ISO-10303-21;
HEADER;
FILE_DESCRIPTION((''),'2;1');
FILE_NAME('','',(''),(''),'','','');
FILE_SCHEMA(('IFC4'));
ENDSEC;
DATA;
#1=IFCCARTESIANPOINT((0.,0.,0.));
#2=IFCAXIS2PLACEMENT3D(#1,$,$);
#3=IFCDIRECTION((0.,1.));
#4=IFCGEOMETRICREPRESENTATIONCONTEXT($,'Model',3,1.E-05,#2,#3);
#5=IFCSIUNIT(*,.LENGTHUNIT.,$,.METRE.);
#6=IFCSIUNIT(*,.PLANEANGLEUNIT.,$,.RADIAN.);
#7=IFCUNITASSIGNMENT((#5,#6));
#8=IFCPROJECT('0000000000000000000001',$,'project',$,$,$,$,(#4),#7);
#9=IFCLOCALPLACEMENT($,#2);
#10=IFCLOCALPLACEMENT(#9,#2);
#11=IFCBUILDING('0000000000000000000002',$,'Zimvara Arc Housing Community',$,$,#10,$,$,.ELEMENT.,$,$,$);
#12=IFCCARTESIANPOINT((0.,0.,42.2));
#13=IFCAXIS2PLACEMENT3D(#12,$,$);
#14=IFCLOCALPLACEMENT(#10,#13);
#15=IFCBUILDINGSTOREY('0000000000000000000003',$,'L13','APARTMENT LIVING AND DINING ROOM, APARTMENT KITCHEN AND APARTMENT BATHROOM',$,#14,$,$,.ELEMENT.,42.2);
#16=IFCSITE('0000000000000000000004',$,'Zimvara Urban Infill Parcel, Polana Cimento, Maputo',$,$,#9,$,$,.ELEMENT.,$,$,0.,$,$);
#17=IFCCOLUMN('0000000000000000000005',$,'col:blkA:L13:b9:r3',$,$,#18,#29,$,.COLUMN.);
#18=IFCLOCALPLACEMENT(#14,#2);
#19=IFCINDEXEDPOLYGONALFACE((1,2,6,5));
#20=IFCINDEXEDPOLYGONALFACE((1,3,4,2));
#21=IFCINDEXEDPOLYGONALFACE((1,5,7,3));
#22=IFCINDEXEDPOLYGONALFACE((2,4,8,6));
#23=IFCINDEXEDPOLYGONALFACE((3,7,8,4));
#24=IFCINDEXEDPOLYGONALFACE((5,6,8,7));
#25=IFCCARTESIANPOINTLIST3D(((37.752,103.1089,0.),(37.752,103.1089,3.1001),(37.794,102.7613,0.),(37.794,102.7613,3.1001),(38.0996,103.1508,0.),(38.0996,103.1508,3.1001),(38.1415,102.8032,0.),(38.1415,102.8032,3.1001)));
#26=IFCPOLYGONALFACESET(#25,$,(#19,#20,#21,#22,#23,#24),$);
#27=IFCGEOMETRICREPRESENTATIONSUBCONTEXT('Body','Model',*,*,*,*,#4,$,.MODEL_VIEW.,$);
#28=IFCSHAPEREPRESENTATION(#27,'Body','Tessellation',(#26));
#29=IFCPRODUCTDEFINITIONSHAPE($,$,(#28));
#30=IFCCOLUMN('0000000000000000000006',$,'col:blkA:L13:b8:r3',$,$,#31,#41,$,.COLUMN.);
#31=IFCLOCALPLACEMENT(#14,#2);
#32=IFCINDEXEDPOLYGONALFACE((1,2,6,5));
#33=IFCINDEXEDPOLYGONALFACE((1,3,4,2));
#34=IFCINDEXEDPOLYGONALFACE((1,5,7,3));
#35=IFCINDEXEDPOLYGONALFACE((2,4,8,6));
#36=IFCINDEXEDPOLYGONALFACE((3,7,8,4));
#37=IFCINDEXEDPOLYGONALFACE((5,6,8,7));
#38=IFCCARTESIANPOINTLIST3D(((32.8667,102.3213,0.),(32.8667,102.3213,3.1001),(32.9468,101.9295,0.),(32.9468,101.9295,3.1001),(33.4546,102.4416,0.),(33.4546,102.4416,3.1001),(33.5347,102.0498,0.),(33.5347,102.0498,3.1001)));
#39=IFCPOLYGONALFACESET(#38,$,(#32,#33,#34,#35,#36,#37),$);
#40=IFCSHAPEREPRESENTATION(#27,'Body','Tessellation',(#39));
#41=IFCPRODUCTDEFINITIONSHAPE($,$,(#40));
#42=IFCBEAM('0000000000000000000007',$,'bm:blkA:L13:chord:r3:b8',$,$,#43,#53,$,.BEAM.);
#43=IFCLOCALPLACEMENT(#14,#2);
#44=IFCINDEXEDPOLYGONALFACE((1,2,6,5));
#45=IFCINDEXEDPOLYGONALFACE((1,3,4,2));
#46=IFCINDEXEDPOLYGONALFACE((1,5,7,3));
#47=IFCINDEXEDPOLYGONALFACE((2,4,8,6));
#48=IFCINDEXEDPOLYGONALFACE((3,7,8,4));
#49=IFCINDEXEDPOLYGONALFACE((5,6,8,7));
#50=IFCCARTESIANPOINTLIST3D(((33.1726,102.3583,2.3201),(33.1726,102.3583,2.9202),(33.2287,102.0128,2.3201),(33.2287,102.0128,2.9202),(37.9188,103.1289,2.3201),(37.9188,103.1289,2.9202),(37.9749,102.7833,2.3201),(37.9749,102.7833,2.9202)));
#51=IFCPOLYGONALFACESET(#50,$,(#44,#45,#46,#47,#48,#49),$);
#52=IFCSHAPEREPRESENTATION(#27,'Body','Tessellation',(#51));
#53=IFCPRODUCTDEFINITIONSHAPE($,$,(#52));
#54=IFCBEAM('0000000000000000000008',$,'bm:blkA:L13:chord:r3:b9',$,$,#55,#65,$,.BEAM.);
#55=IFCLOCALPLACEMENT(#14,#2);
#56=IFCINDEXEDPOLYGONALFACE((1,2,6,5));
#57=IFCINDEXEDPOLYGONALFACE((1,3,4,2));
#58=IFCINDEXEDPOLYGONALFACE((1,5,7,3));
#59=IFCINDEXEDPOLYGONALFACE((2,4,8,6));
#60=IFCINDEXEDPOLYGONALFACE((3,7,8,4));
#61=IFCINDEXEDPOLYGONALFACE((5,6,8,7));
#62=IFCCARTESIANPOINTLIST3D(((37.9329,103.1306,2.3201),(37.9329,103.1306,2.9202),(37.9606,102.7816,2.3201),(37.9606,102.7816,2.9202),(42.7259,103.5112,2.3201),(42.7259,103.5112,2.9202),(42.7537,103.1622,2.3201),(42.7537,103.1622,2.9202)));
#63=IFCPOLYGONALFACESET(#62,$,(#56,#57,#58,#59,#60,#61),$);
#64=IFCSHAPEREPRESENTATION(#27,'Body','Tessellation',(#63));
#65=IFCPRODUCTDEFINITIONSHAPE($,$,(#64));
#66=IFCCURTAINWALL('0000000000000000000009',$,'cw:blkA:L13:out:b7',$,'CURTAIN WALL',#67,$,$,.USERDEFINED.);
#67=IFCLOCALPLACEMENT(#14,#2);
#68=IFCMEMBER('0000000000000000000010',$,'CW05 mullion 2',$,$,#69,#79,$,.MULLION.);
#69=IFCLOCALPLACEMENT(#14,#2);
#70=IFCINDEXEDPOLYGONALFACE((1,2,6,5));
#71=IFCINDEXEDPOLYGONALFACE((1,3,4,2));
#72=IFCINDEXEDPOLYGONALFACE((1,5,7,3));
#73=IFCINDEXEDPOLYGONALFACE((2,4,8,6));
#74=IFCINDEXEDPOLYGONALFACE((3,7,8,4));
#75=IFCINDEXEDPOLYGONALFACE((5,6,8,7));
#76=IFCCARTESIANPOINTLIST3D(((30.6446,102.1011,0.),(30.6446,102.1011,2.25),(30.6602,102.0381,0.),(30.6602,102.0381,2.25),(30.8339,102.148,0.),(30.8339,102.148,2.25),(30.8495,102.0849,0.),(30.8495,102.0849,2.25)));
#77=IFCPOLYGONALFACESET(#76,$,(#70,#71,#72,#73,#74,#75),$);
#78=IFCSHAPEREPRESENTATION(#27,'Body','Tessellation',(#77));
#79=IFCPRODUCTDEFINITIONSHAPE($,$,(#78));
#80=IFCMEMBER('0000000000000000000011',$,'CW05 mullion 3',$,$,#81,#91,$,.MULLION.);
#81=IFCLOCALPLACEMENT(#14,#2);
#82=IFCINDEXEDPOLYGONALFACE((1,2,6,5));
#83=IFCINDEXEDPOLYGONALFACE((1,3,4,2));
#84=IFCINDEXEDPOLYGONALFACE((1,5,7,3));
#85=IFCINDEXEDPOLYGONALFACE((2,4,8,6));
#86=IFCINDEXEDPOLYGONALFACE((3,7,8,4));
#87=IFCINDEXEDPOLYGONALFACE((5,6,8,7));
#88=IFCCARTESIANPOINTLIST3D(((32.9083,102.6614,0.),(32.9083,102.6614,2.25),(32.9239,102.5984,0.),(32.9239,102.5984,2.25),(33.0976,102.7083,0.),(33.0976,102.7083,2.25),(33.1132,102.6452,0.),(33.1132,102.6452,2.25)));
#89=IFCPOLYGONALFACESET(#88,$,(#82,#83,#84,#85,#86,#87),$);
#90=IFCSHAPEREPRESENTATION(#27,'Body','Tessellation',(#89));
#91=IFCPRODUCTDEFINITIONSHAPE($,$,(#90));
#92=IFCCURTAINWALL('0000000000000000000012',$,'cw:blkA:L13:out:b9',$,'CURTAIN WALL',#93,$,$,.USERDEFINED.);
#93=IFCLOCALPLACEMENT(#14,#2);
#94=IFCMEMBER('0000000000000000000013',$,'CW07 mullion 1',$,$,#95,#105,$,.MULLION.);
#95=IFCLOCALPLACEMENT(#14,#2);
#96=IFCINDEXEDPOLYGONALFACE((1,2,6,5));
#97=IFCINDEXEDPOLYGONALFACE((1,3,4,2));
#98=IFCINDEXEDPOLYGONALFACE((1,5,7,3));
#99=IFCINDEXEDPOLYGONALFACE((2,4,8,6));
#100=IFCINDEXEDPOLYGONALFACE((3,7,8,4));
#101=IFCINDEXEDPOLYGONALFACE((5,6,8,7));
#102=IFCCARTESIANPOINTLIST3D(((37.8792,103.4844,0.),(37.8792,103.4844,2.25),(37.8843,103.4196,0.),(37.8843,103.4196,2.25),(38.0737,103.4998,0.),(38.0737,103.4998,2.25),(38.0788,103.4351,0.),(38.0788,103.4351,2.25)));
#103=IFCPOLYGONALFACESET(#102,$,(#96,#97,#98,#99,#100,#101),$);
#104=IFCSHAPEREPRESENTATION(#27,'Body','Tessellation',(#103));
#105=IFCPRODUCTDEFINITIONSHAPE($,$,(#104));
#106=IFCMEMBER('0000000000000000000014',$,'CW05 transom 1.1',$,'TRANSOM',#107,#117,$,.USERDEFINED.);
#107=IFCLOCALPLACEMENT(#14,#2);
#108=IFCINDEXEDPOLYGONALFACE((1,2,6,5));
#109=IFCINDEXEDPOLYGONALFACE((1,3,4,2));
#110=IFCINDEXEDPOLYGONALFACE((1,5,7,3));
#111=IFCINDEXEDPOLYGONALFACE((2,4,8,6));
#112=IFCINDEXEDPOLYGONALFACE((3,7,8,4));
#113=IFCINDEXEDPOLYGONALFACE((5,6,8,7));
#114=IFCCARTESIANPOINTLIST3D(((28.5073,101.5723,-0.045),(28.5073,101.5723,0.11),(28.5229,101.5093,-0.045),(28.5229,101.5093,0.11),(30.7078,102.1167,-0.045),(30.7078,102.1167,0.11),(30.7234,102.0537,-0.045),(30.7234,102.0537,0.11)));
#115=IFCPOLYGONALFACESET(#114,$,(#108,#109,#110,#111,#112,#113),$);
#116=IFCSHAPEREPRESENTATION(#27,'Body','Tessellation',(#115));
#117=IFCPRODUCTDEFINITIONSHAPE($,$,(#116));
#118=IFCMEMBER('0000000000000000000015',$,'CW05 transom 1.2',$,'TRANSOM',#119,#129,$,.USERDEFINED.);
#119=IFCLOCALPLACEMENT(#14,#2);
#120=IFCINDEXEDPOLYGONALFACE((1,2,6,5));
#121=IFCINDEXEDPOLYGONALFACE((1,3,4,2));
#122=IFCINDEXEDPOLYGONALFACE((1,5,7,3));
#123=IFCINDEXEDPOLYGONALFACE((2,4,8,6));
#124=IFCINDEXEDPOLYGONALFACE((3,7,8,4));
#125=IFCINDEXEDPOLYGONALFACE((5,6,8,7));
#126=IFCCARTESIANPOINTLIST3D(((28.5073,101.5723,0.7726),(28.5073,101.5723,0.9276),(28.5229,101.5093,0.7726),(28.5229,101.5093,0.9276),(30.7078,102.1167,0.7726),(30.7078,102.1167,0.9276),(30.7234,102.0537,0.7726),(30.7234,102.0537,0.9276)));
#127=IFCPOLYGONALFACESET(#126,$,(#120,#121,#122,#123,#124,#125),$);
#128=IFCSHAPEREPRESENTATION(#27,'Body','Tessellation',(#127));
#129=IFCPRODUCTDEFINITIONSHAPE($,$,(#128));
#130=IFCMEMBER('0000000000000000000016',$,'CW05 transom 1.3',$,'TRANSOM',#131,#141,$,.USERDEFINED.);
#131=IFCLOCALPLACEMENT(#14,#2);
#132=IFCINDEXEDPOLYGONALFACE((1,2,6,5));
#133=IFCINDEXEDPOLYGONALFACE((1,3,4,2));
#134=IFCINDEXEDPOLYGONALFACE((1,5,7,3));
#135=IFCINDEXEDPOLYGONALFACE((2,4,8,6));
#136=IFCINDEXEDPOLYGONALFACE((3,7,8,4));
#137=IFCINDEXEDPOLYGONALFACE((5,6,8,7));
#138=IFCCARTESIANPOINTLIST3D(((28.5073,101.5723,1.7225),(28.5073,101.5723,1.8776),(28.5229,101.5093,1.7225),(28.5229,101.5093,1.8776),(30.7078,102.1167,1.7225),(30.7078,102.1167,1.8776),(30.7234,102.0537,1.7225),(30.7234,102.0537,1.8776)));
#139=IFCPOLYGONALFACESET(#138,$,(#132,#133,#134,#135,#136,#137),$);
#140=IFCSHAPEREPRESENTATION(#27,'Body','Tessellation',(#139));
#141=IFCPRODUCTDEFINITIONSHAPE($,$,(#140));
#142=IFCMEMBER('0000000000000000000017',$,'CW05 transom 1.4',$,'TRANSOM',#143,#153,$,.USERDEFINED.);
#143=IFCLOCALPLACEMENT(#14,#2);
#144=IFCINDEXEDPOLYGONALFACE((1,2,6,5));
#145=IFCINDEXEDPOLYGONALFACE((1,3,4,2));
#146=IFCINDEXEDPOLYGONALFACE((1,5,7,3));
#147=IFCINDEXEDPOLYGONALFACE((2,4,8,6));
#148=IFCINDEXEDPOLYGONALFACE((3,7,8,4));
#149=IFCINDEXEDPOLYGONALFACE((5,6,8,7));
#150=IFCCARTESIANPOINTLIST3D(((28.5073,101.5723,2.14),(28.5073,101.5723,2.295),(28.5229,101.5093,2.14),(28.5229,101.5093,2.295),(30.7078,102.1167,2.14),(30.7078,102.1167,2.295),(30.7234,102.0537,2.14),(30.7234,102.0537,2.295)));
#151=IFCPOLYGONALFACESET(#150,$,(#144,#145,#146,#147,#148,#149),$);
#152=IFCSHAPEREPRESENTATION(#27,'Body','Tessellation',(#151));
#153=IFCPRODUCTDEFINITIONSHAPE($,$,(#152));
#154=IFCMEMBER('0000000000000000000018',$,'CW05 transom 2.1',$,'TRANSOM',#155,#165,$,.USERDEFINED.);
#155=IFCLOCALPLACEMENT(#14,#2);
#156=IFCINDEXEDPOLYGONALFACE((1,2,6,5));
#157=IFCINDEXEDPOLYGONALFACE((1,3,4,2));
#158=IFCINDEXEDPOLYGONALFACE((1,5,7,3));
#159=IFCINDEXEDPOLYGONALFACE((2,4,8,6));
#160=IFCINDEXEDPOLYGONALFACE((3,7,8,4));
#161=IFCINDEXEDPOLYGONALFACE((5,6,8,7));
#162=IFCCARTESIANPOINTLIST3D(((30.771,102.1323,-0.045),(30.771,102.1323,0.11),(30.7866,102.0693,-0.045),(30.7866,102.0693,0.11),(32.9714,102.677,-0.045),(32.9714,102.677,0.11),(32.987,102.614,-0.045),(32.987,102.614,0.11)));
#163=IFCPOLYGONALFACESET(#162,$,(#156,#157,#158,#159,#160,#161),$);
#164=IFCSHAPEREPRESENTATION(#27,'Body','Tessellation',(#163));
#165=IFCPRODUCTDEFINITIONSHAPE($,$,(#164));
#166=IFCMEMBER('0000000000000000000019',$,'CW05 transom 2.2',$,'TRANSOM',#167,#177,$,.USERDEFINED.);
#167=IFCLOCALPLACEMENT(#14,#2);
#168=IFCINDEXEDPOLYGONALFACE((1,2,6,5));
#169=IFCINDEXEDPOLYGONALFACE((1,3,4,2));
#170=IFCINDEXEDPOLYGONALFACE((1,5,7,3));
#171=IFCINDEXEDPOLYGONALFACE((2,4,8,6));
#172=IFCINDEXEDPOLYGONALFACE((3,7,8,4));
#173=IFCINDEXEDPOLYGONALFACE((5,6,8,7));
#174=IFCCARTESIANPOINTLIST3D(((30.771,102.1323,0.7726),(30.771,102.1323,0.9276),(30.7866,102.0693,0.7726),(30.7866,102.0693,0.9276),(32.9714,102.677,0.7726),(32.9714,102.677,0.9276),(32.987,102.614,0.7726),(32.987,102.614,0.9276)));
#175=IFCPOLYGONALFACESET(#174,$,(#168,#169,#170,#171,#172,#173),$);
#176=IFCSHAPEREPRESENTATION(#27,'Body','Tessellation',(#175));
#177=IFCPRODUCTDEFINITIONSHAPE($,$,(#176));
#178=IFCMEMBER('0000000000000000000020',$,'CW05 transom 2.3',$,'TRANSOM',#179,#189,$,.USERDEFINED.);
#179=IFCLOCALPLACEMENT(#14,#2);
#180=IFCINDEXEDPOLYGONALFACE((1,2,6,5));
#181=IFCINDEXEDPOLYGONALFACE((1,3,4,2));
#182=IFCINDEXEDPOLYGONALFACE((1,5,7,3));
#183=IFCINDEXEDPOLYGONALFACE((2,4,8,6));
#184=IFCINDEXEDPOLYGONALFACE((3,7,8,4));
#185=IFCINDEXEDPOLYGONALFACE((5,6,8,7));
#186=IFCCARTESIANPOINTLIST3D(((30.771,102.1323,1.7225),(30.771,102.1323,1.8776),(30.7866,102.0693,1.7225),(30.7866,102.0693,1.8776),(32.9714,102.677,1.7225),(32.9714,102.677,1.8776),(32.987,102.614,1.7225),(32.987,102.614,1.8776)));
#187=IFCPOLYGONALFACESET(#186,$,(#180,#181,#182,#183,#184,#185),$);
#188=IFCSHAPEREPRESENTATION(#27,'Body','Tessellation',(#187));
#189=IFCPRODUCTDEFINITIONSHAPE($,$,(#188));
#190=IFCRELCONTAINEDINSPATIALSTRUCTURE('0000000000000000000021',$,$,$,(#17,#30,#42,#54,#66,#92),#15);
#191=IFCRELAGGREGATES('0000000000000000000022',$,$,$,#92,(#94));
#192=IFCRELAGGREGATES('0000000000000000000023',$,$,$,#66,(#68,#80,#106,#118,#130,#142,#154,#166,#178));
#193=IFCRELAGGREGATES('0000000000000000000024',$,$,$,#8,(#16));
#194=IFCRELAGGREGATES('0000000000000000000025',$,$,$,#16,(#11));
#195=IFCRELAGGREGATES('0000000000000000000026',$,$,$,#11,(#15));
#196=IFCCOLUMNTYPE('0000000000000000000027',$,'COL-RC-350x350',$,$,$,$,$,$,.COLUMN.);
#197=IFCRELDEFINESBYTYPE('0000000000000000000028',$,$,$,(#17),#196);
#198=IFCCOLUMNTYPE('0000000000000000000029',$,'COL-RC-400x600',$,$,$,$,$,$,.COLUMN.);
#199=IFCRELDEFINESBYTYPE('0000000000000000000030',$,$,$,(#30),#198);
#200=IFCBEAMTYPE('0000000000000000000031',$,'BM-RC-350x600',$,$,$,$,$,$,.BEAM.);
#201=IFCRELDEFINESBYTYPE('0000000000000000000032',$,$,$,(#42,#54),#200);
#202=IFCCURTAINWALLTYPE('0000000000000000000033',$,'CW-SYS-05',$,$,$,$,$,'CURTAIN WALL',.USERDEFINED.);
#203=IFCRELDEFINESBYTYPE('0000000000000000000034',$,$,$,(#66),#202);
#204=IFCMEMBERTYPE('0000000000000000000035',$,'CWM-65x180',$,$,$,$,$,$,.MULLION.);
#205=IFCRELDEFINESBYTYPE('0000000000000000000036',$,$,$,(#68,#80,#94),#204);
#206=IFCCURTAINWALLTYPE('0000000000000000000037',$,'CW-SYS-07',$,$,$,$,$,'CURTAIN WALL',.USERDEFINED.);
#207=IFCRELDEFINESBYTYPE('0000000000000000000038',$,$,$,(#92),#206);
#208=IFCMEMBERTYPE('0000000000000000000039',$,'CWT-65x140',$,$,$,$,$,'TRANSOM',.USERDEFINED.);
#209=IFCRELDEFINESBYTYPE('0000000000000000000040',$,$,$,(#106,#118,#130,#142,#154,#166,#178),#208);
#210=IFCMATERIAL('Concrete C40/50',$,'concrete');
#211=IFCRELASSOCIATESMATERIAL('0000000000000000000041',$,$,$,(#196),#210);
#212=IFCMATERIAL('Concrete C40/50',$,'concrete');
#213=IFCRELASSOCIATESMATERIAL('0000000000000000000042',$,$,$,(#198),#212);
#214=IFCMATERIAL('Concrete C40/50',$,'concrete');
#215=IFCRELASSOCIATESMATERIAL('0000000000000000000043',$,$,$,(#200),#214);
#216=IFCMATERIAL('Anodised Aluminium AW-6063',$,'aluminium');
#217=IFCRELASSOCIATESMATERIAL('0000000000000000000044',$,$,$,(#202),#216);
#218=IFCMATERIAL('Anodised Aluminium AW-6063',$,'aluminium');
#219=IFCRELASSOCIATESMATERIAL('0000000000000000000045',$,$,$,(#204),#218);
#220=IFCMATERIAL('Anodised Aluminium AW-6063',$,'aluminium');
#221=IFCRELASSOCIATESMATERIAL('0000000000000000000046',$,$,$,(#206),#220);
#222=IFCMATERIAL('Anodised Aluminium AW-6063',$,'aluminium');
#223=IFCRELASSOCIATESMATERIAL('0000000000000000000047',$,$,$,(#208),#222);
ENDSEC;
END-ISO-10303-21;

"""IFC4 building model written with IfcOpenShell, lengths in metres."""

from ifc_helpers import new_model, si_unit, direction, frame, origin, origin_2d, place, context, subcontext, project, spatial, rectangle, extrude, material, material_profile, profile_set, type_object, element, aggregate, save


model = new_model("IFC4")

# Units and contexts
model_context = context("Model", 3, precision=1e-05, world=origin(), true_north=direction((0.0, 1.0)))
body_context = subcontext(model_context, "Body", "Model", "MODEL_VIEW")
ifc_project = project(units=[si_unit("LENGTHUNIT", "METRE"), si_unit("PLANEANGLEUNIT", "RADIAN")], contexts=[model_context])

# Site, building, storey
site_placement = place(None, origin())
site = spatial("IfcSite", under=ifc_project, at=site_placement, Name="Zimvara Urban Infill Parcel, Polana Cimento, Maputo", CompositionType="ELEMENT", RefElevation=0.0)
building_placement = place(site_placement, origin())
building = spatial("IfcBuilding", under=site, at=building_placement, Name="Zimvara Arc Housing Community", CompositionType="ELEMENT")
storey_placement = place(building_placement, frame((0.0, 0.0, 42.2)))
storey = spatial("IfcBuildingStorey", under=building, at=storey_placement, Name="L13", Description="APARTMENT LIVING AND DINING ROOM, APARTMENT KITCHEN AND APARTMENT BATHROOM", CompositionType="ELEMENT", Elevation=42.2)

# Columns
ifc_material_1 = material(Name="Concrete C40/50", Category="concrete")
ifc_material_profile_1 = material_profile(ifc_material_1, rectangle(XDim=0.3501, YDim=0.3501, at=origin_2d()), Name="RC 350x350")
ifc_profile_set_1 = profile_set([ifc_material_profile_1], Name="Concrete C40/50")
column_type_1 = type_object("IfcColumnType", Name="COL-RC-350x350", PredefinedType="COLUMN", material=ifc_profile_set_1)
column_1_placement = place(storey_placement, frame((37.9468, 102.9561, 0.0), z_axis=(0.0, 0.0, 1.0), x_axis=(-0.11979, 0.992799, 0.0)))
element("IfcColumn", 1, at=column_1_placement, inside=storey, type_object=column_type_1, Name="col:blkA:L13:b9:r3", PredefinedType="COLUMN", context=body_context, shape_type="SweptSolid", body=[
    extrude(rectangle(XDim=0.3501, YDim=0.3501, at=origin_2d()), origin(), (0.0, 0.0, 1.0), 3.1001),
])
ifc_material_2 = material(Name="Concrete C40/50", Category="concrete")
ifc_material_profile_2 = material_profile(ifc_material_2, rectangle(XDim=0.3999, YDim=0.6001, at=origin_2d()), Name="RC 400x600")
ifc_profile_set_2 = profile_set([ifc_material_profile_2], Name="Concrete C40/50")
column_type_2 = type_object("IfcColumnType", Name="COL-RC-400x600", PredefinedType="COLUMN", material=ifc_profile_set_2)
column_2_placement = place(storey_placement, frame((33.2007, 102.1855, 0.0), z_axis=(0.0, 0.0, 1.0), x_axis=(-0.200394, 0.979715, 0.0)))
element("IfcColumn", 2, at=column_2_placement, inside=storey, type_object=column_type_2, Name="col:blkA:L13:b8:r3", PredefinedType="COLUMN", context=body_context, shape_type="SweptSolid", body=[
    extrude(rectangle(XDim=0.3999, YDim=0.6001, at=origin_2d()), origin(), (0.0, 0.0, 1.0), 3.1001),
])

# Beams
ifc_material_3 = material(Name="Concrete C40/50", Category="concrete")
ifc_material_profile_3 = material_profile(ifc_material_3, rectangle(XDim=0.3501, YDim=0.6001, at=origin_2d()), Name="RC 350x600")
ifc_profile_set_3 = profile_set([ifc_material_profile_3], Name="Concrete C40/50")
beam_type = type_object("IfcBeamType", Name="BM-RC-350x600", PredefinedType="BEAM", material=ifc_profile_set_3)
beam_1_placement = place(storey_placement, frame((33.2007, 102.1855, 2.6201), z_axis=(0.987077, 0.160248, 0.0), x_axis=(-0.160248, 0.987077, 0.0)))
element("IfcBeam", 3, at=beam_1_placement, inside=storey, type_object=beam_type, Name="bm:blkA:L13:chord:r3:b8", PredefinedType="BEAM", context=body_context, shape_type="SweptSolid", body=[
    extrude(rectangle(XDim=0.3501, YDim=0.6001, at=origin_2d()), origin(), (0.0, 0.0, 1.0), 4.8083),
])
beam_2_placement = place(storey_placement, frame((37.9468, 102.9561, 2.6201), z_axis=(0.996862, 0.079162, 0.0), x_axis=(-0.079162, 0.996862, 0.0)))
element("IfcBeam", 4, at=beam_2_placement, inside=storey, type_object=beam_type, Name="bm:blkA:L13:chord:r3:b9", PredefinedType="BEAM", context=body_context, shape_type="SweptSolid", body=[
    extrude(rectangle(XDim=0.3501, YDim=0.6001, at=origin_2d()), origin(), (0.0, 0.0, 1.0), 4.8081),
])

# Curtain wall, members
ifc_material_4 = material(Name="Anodised Aluminium AW-6063", Category="aluminium")
curtain_wall_type_1 = type_object("IfcCurtainWallType", Name="CW-SYS-05", ElementType="CURTAIN WALL", PredefinedType="USERDEFINED", material=ifc_material_4)
curtain_wall_1_placement = place(storey_placement, origin())
curtain_wall_1 = element("IfcCurtainWall", 5, at=curtain_wall_1_placement, inside=storey, type_object=curtain_wall_type_1, Name="cw:blkA:L13:out:b7", ObjectType="CURTAIN WALL", PredefinedType="USERDEFINED")
ifc_material_5 = material(Name="Anodised Aluminium AW-6063", Category="aluminium")
ifc_material_profile_4 = material_profile(ifc_material_5, rectangle(XDim=0.0649, YDim=0.1951, at=origin_2d()), Name="ALU 65x195")
ifc_profile_set_4 = profile_set([ifc_material_profile_4], Name="Anodised Aluminium AW-6063")
member_type_1 = type_object("IfcMemberType", Name="CWM-65x180", PredefinedType="MULLION", material=ifc_profile_set_4)
member_1_placement = place(storey_placement, frame((30.7471, 102.093, 0.0), z_axis=(0.0, 0.0, 1.0), x_axis=(-0.24023, 0.970716, 0.0)))
member_1 = element("IfcMember", 6, at=member_1_placement, type_object=member_type_1, Name="CW05 mullion 2", PredefinedType="MULLION", context=body_context, shape_type="SweptSolid", body=[
    extrude(rectangle(XDim=0.0649, YDim=0.1951, at=origin_2d()), origin(), (0.0, 0.0, 1.0), 2.25),
])
member_2_placement = place(storey_placement, frame((33.0107, 102.6533, 0.0), z_axis=(0.0, 0.0, 1.0), x_axis=(-0.24023, 0.970716, 0.0)))
member_2 = element("IfcMember", 7, at=member_2_placement, type_object=member_type_1, Name="CW05 mullion 3", PredefinedType="MULLION", context=body_context, shape_type="SweptSolid", body=[
    extrude(rectangle(XDim=0.0649, YDim=0.1951, at=origin_2d()), origin(), (0.0, 0.0, 1.0), 2.25),
])

# Curtain wall, member
ifc_material_6 = material(Name="Anodised Aluminium AW-6063", Category="aluminium")
curtain_wall_type_2 = type_object("IfcCurtainWallType", Name="CW-SYS-07", ElementType="CURTAIN WALL", PredefinedType="USERDEFINED", material=ifc_material_6)
curtain_wall_2_placement = place(storey_placement, origin())
curtain_wall_2 = element("IfcCurtainWall", 8, at=curtain_wall_2_placement, inside=storey, type_object=curtain_wall_type_2, Name="cw:blkA:L13:out:b9", ObjectType="CURTAIN WALL", PredefinedType="USERDEFINED")
member_3_placement = place(storey_placement, frame((37.979, 103.4597, 0.0), z_axis=(0.0, 0.0, 1.0), x_axis=(-0.079154, 0.996862, 0.0)))
member_3 = element("IfcMember", 9, at=member_3_placement, type_object=member_type_1, Name="CW07 mullion 1", PredefinedType="MULLION", context=body_context, shape_type="SweptSolid", body=[
    extrude(rectangle(XDim=0.0649, YDim=0.1951, at=origin_2d()), origin(), (0.0, 0.0, 1.0), 2.25),
])

# Members
ifc_material_7 = material(Name="Anodised Aluminium AW-6063", Category="aluminium")
ifc_material_profile_5 = material_profile(ifc_material_7, rectangle(XDim=0.0649, YDim=0.155, at=origin_2d()), Name="ALU 65x155")
ifc_profile_set_5 = profile_set([ifc_material_profile_5], Name="Anodised Aluminium AW-6063")
member_type_2 = type_object("IfcMemberType", Name="CWT-65x140", ElementType="TRANSOM", PredefinedType="USERDEFINED", material=ifc_profile_set_5)
member_4_placement = place(storey_placement, frame((28.5151, 101.5408, 0.0325), z_axis=(0.970729, 0.240178, 0.0), x_axis=(-0.240178, 0.970729, 0.0)))
member_4 = element("IfcMember", 10, at=member_4_placement, type_object=member_type_2, Name="CW05 transom 1.1", ObjectType="TRANSOM", PredefinedType="USERDEFINED", context=body_context, shape_type="SweptSolid", body=[
    extrude(rectangle(XDim=0.0649, YDim=0.155, at=origin_2d()), origin(), (0.0, 0.0, 1.0), 2.2668),
])
member_5_placement = place(storey_placement, frame((28.5151, 101.5408, 0.8501), z_axis=(0.970729, 0.240178, 0.0), x_axis=(-0.240178, 0.970729, 0.0)))
member_5 = element("IfcMember", 11, at=member_5_placement, type_object=member_type_2, Name="CW05 transom 1.2", ObjectType="TRANSOM", PredefinedType="USERDEFINED", context=body_context, shape_type="SweptSolid", body=[
    extrude(rectangle(XDim=0.0649, YDim=0.155, at=origin_2d()), origin(), (0.0, 0.0, 1.0), 2.2668),
])
member_6_placement = place(storey_placement, frame((28.5151, 101.5408, 1.8), z_axis=(0.970729, 0.240178, 0.0), x_axis=(-0.240178, 0.970729, 0.0)))
member_6 = element("IfcMember", 12, at=member_6_placement, type_object=member_type_2, Name="CW05 transom 1.3", ObjectType="TRANSOM", PredefinedType="USERDEFINED", context=body_context, shape_type="SweptSolid", body=[
    extrude(rectangle(XDim=0.0649, YDim=0.155, at=origin_2d()), origin(), (0.0, 0.0, 1.0), 2.2668),
])
member_7_placement = place(storey_placement, frame((28.5151, 101.5408, 2.2175), z_axis=(0.970729, 0.240178, 0.0), x_axis=(-0.240178, 0.970729, 0.0)))
member_7 = element("IfcMember", 13, at=member_7_placement, type_object=member_type_2, Name="CW05 transom 1.4", ObjectType="TRANSOM", PredefinedType="USERDEFINED", context=body_context, shape_type="SweptSolid", body=[
    extrude(rectangle(XDim=0.0649, YDim=0.155, at=origin_2d()), origin(), (0.0, 0.0, 1.0), 2.2668),
])
member_8_placement = place(storey_placement, frame((30.7788, 102.1008, 0.0325), z_axis=(0.970704, 0.24028, 0.0), x_axis=(-0.24028, 0.970704, 0.0)))
member_8 = element("IfcMember", 14, at=member_8_placement, type_object=member_type_2, Name="CW05 transom 2.1", ObjectType="TRANSOM", PredefinedType="USERDEFINED", context=body_context, shape_type="SweptSolid", body=[
    extrude(rectangle(XDim=0.0649, YDim=0.155, at=origin_2d()), origin(), (0.0, 0.0, 1.0), 2.2668),
])
member_9_placement = place(storey_placement, frame((30.7788, 102.1008, 0.8501), z_axis=(0.970704, 0.24028, 0.0), x_axis=(-0.24028, 0.970704, 0.0)))
member_9 = element("IfcMember", 15, at=member_9_placement, type_object=member_type_2, Name="CW05 transom 2.2", ObjectType="TRANSOM", PredefinedType="USERDEFINED", context=body_context, shape_type="SweptSolid", body=[
    extrude(rectangle(XDim=0.0649, YDim=0.155, at=origin_2d()), origin(), (0.0, 0.0, 1.0), 2.2668),
])
member_10_placement = place(storey_placement, frame((30.7788, 102.1008, 1.8), z_axis=(0.970704, 0.24028, 0.0), x_axis=(-0.24028, 0.970704, 0.0)))
member_10 = element("IfcMember", 16, at=member_10_placement, type_object=member_type_2, Name="CW05 transom 2.3", ObjectType="TRANSOM", PredefinedType="USERDEFINED", context=body_context, shape_type="SweptSolid", body=[
    extrude(rectangle(XDim=0.0649, YDim=0.155, at=origin_2d()), origin(), (0.0, 0.0, 1.0), 2.2668),
])
aggregate(curtain_wall_2, [member_3])

aggregate(curtain_wall_1, [member_1, member_2, member_4, member_5, member_6, member_7, member_8, member_9, member_10])

save(model, "model.ifc")
